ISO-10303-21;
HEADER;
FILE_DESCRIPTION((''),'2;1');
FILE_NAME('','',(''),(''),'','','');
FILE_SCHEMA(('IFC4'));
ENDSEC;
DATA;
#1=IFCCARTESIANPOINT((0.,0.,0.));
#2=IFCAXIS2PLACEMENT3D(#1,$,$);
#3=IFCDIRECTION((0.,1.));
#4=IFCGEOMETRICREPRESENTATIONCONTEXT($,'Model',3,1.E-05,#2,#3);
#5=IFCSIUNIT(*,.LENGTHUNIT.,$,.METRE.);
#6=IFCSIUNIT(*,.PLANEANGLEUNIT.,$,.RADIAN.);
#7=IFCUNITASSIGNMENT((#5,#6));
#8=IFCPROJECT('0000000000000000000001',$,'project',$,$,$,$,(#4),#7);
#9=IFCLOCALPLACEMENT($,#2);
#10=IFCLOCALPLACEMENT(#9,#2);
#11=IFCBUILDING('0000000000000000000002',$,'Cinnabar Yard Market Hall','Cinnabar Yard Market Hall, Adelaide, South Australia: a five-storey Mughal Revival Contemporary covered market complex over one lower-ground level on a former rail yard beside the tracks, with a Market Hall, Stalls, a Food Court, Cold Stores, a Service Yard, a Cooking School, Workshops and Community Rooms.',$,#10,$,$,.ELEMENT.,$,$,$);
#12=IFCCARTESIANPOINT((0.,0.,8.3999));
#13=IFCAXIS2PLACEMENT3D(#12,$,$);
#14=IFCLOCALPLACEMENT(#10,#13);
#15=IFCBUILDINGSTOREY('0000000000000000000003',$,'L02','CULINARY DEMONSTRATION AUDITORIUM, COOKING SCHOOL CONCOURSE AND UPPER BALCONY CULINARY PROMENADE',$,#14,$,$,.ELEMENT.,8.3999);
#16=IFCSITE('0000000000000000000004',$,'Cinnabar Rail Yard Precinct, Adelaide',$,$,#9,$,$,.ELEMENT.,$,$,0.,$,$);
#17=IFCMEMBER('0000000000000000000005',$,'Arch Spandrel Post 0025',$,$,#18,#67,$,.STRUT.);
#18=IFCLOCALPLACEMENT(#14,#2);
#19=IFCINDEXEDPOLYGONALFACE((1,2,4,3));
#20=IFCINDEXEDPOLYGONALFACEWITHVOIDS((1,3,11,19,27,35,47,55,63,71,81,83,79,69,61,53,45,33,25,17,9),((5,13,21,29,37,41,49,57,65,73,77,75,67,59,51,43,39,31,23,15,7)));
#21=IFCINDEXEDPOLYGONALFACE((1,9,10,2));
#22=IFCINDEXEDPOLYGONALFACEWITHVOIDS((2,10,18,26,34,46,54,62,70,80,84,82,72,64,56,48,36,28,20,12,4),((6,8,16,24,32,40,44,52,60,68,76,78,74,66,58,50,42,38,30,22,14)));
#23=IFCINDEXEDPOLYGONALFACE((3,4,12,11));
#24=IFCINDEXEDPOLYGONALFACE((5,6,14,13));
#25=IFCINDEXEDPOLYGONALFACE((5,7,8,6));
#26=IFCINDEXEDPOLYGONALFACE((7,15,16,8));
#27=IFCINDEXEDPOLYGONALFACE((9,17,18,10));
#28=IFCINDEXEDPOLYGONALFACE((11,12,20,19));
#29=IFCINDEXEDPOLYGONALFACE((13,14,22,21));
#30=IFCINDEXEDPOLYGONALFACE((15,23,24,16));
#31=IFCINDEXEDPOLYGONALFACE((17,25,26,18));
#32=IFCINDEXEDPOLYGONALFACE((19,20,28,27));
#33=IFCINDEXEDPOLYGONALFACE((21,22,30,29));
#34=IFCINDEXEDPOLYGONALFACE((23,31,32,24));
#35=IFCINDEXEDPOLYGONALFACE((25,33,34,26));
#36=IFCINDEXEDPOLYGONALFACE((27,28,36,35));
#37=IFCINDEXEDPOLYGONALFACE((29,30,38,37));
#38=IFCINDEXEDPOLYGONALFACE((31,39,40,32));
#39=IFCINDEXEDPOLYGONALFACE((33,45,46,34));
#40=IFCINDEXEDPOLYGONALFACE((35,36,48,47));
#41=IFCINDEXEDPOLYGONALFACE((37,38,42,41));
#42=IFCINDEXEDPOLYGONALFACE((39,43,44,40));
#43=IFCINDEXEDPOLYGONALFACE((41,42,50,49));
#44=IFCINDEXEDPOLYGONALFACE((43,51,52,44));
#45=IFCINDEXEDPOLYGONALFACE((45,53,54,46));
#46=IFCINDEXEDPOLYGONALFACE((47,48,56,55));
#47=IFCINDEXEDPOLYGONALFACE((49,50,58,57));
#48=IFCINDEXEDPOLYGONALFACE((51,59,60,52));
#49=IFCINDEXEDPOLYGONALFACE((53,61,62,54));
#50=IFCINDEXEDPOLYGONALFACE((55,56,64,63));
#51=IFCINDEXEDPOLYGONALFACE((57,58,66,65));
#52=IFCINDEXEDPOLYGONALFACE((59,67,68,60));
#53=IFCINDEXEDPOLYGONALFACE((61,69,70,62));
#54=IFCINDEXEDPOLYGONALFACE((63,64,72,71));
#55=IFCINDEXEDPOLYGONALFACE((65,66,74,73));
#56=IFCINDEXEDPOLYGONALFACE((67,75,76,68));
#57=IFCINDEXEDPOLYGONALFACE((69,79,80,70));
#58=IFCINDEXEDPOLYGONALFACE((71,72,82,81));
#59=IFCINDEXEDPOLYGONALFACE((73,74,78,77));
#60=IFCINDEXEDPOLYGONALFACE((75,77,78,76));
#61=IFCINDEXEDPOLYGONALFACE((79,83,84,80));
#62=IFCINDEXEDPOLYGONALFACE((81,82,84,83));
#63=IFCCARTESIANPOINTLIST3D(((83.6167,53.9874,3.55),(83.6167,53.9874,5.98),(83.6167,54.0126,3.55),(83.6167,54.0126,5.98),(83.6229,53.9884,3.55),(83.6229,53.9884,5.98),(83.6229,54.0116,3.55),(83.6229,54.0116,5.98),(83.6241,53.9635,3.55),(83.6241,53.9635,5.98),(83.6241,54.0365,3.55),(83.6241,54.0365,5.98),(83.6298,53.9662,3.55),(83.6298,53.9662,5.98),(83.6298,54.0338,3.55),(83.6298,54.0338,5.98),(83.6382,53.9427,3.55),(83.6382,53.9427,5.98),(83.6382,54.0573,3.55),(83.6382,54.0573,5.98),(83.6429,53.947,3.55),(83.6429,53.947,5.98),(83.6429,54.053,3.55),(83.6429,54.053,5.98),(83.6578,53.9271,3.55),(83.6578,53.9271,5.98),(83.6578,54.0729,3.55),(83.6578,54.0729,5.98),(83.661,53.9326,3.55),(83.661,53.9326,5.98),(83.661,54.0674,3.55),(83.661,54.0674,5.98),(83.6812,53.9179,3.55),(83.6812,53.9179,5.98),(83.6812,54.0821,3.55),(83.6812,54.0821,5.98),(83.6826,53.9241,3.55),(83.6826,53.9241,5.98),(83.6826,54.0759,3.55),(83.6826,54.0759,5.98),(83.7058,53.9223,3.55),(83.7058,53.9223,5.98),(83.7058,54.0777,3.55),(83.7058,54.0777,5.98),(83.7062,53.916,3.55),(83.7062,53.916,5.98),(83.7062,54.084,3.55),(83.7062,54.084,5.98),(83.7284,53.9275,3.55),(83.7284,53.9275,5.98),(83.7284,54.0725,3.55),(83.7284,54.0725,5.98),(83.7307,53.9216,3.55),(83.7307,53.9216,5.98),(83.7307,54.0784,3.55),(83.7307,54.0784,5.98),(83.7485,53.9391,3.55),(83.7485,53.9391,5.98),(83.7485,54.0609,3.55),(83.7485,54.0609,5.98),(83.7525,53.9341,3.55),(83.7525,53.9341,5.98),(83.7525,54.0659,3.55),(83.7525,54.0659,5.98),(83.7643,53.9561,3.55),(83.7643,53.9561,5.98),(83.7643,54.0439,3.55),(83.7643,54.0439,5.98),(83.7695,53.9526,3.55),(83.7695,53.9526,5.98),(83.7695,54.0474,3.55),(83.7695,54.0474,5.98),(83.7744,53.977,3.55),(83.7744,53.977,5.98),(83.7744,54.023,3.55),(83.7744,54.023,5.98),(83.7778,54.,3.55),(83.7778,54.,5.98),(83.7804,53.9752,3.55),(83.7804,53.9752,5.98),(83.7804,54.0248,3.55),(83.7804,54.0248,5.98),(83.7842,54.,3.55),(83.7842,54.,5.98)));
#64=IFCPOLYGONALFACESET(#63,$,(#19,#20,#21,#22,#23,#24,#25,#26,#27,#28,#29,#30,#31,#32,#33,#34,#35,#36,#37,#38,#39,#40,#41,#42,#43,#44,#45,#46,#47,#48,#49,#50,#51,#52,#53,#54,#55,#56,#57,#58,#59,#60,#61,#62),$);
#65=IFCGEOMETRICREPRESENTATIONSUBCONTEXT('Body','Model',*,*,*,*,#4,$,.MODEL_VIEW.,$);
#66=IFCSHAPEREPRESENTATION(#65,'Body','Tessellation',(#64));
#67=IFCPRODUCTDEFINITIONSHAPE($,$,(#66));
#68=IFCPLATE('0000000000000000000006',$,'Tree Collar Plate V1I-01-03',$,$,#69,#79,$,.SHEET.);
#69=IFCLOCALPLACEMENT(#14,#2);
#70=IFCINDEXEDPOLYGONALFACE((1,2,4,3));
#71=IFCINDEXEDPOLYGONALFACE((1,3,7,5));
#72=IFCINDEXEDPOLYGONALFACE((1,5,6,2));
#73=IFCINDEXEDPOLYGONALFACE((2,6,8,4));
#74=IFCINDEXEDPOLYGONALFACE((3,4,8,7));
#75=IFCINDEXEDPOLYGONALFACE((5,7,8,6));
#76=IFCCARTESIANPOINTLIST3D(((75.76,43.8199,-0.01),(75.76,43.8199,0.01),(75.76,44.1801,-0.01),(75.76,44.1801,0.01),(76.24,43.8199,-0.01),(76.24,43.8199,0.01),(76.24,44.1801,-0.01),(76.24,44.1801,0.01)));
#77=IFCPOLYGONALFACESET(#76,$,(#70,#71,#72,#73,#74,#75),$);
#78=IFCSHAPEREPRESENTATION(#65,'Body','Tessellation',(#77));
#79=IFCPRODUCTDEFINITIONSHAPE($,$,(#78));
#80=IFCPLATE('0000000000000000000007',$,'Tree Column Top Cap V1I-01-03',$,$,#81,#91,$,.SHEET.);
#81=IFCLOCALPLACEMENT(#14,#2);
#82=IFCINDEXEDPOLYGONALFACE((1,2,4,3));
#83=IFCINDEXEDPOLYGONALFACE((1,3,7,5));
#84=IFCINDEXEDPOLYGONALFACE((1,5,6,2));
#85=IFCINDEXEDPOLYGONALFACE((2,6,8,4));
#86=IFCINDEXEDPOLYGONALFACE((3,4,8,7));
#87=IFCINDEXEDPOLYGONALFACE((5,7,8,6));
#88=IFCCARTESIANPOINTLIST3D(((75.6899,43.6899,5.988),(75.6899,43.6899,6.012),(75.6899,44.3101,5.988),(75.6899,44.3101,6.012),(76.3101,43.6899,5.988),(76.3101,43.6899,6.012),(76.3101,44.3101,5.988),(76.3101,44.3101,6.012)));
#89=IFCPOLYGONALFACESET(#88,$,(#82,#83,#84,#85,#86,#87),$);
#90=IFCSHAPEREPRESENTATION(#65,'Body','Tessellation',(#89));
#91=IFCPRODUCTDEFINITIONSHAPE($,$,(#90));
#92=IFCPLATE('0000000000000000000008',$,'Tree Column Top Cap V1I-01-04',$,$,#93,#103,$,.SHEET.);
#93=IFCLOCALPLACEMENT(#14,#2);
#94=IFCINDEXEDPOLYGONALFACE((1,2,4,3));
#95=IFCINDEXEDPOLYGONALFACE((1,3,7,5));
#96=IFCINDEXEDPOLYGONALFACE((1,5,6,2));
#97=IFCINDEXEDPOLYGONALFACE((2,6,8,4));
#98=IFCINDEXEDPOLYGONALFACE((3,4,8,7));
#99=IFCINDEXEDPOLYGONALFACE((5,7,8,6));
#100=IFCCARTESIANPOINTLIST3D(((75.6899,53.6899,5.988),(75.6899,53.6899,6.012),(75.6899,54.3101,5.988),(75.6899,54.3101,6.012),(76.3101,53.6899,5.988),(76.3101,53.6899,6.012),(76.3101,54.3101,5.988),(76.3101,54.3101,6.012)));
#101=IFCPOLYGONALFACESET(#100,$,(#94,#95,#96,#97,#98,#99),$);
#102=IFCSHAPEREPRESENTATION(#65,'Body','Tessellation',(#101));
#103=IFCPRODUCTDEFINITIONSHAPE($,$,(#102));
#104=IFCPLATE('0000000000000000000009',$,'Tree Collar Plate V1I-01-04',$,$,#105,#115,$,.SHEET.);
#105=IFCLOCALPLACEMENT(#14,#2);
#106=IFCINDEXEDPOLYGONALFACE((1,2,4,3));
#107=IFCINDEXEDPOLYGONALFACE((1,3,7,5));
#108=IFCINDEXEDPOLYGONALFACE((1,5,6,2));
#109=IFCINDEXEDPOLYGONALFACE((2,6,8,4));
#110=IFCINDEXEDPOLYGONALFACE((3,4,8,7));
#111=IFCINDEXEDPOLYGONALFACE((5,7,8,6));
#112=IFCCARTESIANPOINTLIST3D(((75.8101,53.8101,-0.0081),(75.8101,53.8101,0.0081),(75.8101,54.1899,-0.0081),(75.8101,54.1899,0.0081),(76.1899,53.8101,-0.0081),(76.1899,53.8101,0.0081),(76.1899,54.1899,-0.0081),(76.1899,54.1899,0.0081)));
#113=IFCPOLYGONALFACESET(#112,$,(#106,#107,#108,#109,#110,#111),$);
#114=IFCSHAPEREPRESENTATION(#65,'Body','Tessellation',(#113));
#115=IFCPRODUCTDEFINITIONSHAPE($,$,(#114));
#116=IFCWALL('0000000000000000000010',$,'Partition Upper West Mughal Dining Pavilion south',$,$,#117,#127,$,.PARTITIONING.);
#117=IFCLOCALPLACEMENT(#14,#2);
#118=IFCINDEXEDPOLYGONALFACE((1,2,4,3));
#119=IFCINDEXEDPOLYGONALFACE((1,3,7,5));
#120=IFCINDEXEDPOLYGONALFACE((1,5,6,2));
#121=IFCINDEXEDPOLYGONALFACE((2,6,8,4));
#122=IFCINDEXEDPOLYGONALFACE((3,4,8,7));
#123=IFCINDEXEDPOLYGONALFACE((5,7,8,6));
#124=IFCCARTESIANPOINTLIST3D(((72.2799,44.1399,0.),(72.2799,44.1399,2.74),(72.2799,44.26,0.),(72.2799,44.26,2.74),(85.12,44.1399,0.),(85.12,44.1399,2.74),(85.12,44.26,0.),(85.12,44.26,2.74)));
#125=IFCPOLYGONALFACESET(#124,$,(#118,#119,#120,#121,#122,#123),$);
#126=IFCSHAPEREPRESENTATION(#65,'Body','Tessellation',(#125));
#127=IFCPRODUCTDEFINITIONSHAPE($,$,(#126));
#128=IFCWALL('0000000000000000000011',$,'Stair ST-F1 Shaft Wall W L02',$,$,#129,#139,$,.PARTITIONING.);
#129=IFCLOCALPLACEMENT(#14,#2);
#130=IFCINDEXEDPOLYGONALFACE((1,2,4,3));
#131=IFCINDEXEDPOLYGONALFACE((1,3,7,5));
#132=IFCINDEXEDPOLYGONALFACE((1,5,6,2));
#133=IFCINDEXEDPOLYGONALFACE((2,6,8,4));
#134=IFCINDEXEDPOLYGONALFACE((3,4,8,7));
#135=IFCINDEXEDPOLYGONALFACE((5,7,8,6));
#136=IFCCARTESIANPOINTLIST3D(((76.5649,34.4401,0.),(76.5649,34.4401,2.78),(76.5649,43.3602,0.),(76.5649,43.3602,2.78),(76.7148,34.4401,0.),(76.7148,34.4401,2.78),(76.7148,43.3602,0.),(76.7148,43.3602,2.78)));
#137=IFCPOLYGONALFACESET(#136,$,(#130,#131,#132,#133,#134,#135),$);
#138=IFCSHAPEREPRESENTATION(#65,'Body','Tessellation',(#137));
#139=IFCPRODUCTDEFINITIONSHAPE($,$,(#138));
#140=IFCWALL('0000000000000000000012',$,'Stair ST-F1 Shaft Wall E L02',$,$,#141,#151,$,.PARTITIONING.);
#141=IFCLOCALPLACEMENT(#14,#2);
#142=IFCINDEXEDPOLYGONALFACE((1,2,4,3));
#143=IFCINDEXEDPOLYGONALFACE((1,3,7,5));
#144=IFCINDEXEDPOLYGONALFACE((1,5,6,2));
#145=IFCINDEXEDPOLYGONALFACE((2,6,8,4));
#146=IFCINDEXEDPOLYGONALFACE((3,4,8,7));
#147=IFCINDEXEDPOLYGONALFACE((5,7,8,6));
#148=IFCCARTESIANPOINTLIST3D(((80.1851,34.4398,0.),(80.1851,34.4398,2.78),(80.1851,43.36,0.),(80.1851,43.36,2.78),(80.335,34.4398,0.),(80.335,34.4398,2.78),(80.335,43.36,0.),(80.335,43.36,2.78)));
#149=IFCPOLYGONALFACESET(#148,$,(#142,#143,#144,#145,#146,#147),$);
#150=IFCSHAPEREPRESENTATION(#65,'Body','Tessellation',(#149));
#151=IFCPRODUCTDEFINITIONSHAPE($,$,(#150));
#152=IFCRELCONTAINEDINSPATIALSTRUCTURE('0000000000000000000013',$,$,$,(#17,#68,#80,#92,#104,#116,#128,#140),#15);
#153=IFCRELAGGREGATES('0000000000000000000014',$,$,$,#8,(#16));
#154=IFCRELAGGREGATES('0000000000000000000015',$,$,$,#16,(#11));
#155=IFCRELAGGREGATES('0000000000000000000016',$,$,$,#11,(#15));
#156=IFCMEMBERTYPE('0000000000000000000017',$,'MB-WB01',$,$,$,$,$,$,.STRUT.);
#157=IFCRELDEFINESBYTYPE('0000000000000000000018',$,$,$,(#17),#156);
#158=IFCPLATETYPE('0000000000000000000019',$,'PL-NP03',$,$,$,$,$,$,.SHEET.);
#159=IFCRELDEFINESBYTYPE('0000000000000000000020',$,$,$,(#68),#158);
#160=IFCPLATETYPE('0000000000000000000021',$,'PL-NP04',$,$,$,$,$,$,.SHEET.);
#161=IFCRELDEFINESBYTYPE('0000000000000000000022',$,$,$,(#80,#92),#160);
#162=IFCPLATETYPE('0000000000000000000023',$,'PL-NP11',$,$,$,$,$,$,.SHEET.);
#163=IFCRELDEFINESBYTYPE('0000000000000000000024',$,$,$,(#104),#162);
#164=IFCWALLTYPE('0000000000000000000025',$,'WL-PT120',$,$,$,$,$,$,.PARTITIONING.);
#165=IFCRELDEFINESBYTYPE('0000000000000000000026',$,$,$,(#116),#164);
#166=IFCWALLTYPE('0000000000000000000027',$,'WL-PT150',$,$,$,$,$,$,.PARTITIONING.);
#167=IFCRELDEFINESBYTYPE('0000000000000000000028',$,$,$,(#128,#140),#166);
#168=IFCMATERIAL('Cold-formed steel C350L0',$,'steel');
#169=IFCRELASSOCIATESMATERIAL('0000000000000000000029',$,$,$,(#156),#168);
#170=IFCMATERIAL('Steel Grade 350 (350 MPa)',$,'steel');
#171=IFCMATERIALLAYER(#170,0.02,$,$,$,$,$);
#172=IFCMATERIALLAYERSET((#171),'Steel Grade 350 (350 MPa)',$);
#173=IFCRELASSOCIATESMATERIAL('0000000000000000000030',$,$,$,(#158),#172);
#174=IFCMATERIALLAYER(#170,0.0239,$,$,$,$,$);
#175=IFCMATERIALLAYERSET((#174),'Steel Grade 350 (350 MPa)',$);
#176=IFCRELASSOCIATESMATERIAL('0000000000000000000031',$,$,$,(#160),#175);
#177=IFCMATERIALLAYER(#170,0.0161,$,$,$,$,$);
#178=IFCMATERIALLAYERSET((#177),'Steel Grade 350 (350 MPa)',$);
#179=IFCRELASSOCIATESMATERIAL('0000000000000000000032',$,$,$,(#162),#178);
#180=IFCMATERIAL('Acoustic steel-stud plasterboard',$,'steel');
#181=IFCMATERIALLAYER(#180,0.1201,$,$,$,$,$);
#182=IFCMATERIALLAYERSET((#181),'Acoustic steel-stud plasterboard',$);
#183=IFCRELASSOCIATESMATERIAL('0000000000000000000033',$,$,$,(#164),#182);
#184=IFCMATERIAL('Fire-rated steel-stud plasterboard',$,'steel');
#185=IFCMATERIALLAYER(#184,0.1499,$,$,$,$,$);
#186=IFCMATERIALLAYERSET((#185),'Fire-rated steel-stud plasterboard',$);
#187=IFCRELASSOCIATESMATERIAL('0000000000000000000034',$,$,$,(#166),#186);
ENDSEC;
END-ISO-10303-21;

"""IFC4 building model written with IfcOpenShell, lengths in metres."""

from ifc_helpers import new_model, si_unit, direction, frame, frame_2d, origin, origin_2d_with_axis, place, context, subcontext, project, spatial, rectangle, hollow_circle, extrude, material, layer, layer_set, material_profile, profile_set, type_object, element, save


model = new_model("IFC4")

# Units and contexts
model_context = context("Model", 3, precision=1e-05, world=origin(), true_north=direction((0.0, 1.0)))
body_context = subcontext(model_context, "Body", "Model", "MODEL_VIEW")
ifc_project = project(units=[si_unit("LENGTHUNIT", "METRE"), si_unit("PLANEANGLEUNIT", "RADIAN")], contexts=[model_context])

# Site, building, storey
site_placement = place(None, origin())
site = spatial("IfcSite", under=ifc_project, at=site_placement, Name="Cinnabar Rail Yard Precinct, Adelaide", CompositionType="ELEMENT", RefElevation=0.0)
building_placement = place(site_placement, origin())
building = spatial("IfcBuilding", under=site, at=building_placement, Name="Cinnabar Yard Market Hall", Description="Cinnabar Yard Market Hall, Adelaide, South Australia: a five-storey Mughal Revival Contemporary covered market complex over one lower-ground level on a former rail yard beside the tracks, with a Market Hall, Stalls, a Food Court, Cold Stores, a Service Yard, a Cooking School, Workshops and Community Rooms.", CompositionType="ELEMENT")
storey_placement = place(building_placement, frame((0.0, 0.0, 8.3999)))
storey = spatial("IfcBuildingStorey", under=building, at=storey_placement, Name="L02", Description="CULINARY DEMONSTRATION AUDITORIUM, COOKING SCHOOL CONCOURSE AND UPPER BALCONY CULINARY PROMENADE", CompositionType="ELEMENT", Elevation=8.3999)

# Shared definitions
ifc_material_1 = material(Name="Cold-formed steel C350L0", Category="steel")

# Member
ifc_material_profile_1 = material_profile(ifc_material_1, hollow_circle(Radius=0.0842, WallThickness=0.0063, at=origin_2d_with_axis()), Name="168.3x6.4CHS")
ifc_profile_set_1 = profile_set([ifc_material_profile_1], Name="Cold-formed steel C350L0")
member_type_1 = type_object("IfcMemberType", Name="MB-WB01", PredefinedType="STRUT", material=ifc_profile_set_1)
for number, where, z_axis, x_axis, name in (
    (1, (83.7, 54.0, 3.55), (0.0, 0.0, 1.0), (1.0, 0.0, 0.0), "Arch Spandrel Post 0025"),
):
    element("IfcMember", number, at=place(storey_placement, frame(where, z_axis=z_axis, x_axis=x_axis)), inside=storey, type_object=member_type_1, Name=name, PredefinedType="STRUT", context=body_context, shape_type="SweptSolid", body=[
        extrude(hollow_circle(Radius=0.0842, WallThickness=0.0063, at=origin_2d_with_axis()), origin(), (0.0, 0.0, 1.0), 2.4299),
    ])

# Plates
ifc_material_2 = material(Name="Steel Grade 350 (350 MPa)", Category="steel")
ifc_layer_1 = layer(ifc_material_2, 0.02)
ifc_layer_set_1 = layer_set([ifc_layer_1], Name="Steel Grade 350 (350 MPa)")
plate_type_1 = type_object("IfcPlateType", Name="PL-NP03", PredefinedType="SHEET", material=ifc_layer_set_1)
plate_1_placement = place(storey_placement, frame((76.0, 44.0, -0.01), z_axis=(0.0, 0.0, 1.0), x_axis=(1.0, 0.0, 0.0)))
element("IfcPlate", 2, at=plate_1_placement, inside=storey, type_object=plate_type_1, Name="Tree Collar Plate V1I-01-03", PredefinedType="SHEET", context=body_context, shape_type="SweptSolid", body=[
    extrude(rectangle(XDim=0.48, YDim=0.3601, at=origin_2d_with_axis()), origin(), (0.0, 0.0, 1.0), 0.02),
])
ifc_layer_2 = layer(ifc_material_2, 0.0239)
ifc_layer_set_2 = layer_set([ifc_layer_2], Name="Steel Grade 350 (350 MPa)")
plate_type_2 = type_object("IfcPlateType", Name="PL-NP04", PredefinedType="SHEET", material=ifc_layer_set_2)
for number, where, z_axis, x_axis, name in (
    (3, (76.0, 44.0, 5.988), (0.0, 0.0, 1.0), (1.0, 0.0, 0.0), "Tree Column Top Cap V1I-01-03"),
    (4, (76.0, 54.0, 5.988), (0.0, 0.0, 1.0), (1.0, 0.0, 0.0), "Tree Column Top Cap V1I-01-04"),
):
    element("IfcPlate", number, at=place(storey_placement, frame(where, z_axis=z_axis, x_axis=x_axis)), inside=storey, type_object=plate_type_2, Name=name, PredefinedType="SHEET", context=body_context, shape_type="SweptSolid", body=[
        extrude(rectangle(XDim=0.6201, YDim=0.6201, at=origin_2d_with_axis()), origin(), (0.0, 0.0, 1.0), 0.0239),
    ])
ifc_layer_3 = layer(ifc_material_2, 0.0161)
ifc_layer_set_3 = layer_set([ifc_layer_3], Name="Steel Grade 350 (350 MPa)")
plate_type_3 = type_object("IfcPlateType", Name="PL-NP11", PredefinedType="SHEET", material=ifc_layer_set_3)
plate_2_placement = place(storey_placement, frame((76.0, 54.0, -0.0081), z_axis=(0.0, 0.0, 1.0), x_axis=(1.0, 0.0, 0.0)))
element("IfcPlate", 5, at=plate_2_placement, inside=storey, type_object=plate_type_3, Name="Tree Collar Plate V1I-01-04", PredefinedType="SHEET", context=body_context, shape_type="SweptSolid", body=[
    extrude(rectangle(XDim=0.3799, YDim=0.3799, at=origin_2d_with_axis()), origin(), (0.0, 0.0, 1.0), 0.0161),
])

# Walls
ifc_material_3 = material(Name="Acoustic steel-stud plasterboard", Category="steel")
ifc_layer_4 = layer(ifc_material_3, 0.1201)
ifc_layer_set_4 = layer_set([ifc_layer_4], Name="Acoustic steel-stud plasterboard")
wall_type_1 = type_object("IfcWallType", Name="WL-PT120", PredefinedType="PARTITIONING", material=ifc_layer_set_4)
wall_1_placement = place(storey_placement, frame((72.28, 44.2, 0.0), z_axis=(0.0, 0.0, 1.0), x_axis=(1.0, 0.0, 0.0)))
element("IfcWall", 6, at=wall_1_placement, inside=storey, type_object=wall_type_1, Name="Partition Upper West Mughal Dining Pavilion south", PredefinedType="PARTITIONING", context=body_context, shape_type="SweptSolid", body=[
    extrude(rectangle(XDim=12.8401, YDim=0.1201, at=frame_2d((6.4199, 0.0), x_axis=(1.0, 0.0))), origin(), (0.0, 0.0, 1.0), 2.74),
])
ifc_material_4 = material(Name="Fire-rated steel-stud plasterboard", Category="steel")
ifc_layer_5 = layer(ifc_material_4, 0.1499)
ifc_layer_set_5 = layer_set([ifc_layer_5], Name="Fire-rated steel-stud plasterboard")
wall_type_2 = type_object("IfcWallType", Name="WL-PT150", PredefinedType="PARTITIONING", material=ifc_layer_set_5)
for number, where, z_axis, x_axis, name in (
    (7, (76.6399, 43.3601, 0.0), (0.0, 0.0, 1.0), (0.0, -1.0, 0.0), "Stair ST-F1 Shaft Wall W L02"),
    (8, (80.26, 34.4399, 0.0), (0.0, 0.0, 1.0), (0.0, 1.0, 0.0), "Stair ST-F1 Shaft Wall E L02"),
):
    element("IfcWall", number, at=place(storey_placement, frame(where, z_axis=z_axis, x_axis=x_axis)), inside=storey, type_object=wall_type_2, Name=name, PredefinedType="PARTITIONING", context=body_context, shape_type="SweptSolid", body=[
        extrude(rectangle(XDim=8.9202, YDim=0.1499, at=frame_2d((4.46, 0.0), x_axis=(1.0, 0.0))), origin(), (0.0, 0.0, 1.0), 2.78),
    ])

save(model, "model.ifc")
